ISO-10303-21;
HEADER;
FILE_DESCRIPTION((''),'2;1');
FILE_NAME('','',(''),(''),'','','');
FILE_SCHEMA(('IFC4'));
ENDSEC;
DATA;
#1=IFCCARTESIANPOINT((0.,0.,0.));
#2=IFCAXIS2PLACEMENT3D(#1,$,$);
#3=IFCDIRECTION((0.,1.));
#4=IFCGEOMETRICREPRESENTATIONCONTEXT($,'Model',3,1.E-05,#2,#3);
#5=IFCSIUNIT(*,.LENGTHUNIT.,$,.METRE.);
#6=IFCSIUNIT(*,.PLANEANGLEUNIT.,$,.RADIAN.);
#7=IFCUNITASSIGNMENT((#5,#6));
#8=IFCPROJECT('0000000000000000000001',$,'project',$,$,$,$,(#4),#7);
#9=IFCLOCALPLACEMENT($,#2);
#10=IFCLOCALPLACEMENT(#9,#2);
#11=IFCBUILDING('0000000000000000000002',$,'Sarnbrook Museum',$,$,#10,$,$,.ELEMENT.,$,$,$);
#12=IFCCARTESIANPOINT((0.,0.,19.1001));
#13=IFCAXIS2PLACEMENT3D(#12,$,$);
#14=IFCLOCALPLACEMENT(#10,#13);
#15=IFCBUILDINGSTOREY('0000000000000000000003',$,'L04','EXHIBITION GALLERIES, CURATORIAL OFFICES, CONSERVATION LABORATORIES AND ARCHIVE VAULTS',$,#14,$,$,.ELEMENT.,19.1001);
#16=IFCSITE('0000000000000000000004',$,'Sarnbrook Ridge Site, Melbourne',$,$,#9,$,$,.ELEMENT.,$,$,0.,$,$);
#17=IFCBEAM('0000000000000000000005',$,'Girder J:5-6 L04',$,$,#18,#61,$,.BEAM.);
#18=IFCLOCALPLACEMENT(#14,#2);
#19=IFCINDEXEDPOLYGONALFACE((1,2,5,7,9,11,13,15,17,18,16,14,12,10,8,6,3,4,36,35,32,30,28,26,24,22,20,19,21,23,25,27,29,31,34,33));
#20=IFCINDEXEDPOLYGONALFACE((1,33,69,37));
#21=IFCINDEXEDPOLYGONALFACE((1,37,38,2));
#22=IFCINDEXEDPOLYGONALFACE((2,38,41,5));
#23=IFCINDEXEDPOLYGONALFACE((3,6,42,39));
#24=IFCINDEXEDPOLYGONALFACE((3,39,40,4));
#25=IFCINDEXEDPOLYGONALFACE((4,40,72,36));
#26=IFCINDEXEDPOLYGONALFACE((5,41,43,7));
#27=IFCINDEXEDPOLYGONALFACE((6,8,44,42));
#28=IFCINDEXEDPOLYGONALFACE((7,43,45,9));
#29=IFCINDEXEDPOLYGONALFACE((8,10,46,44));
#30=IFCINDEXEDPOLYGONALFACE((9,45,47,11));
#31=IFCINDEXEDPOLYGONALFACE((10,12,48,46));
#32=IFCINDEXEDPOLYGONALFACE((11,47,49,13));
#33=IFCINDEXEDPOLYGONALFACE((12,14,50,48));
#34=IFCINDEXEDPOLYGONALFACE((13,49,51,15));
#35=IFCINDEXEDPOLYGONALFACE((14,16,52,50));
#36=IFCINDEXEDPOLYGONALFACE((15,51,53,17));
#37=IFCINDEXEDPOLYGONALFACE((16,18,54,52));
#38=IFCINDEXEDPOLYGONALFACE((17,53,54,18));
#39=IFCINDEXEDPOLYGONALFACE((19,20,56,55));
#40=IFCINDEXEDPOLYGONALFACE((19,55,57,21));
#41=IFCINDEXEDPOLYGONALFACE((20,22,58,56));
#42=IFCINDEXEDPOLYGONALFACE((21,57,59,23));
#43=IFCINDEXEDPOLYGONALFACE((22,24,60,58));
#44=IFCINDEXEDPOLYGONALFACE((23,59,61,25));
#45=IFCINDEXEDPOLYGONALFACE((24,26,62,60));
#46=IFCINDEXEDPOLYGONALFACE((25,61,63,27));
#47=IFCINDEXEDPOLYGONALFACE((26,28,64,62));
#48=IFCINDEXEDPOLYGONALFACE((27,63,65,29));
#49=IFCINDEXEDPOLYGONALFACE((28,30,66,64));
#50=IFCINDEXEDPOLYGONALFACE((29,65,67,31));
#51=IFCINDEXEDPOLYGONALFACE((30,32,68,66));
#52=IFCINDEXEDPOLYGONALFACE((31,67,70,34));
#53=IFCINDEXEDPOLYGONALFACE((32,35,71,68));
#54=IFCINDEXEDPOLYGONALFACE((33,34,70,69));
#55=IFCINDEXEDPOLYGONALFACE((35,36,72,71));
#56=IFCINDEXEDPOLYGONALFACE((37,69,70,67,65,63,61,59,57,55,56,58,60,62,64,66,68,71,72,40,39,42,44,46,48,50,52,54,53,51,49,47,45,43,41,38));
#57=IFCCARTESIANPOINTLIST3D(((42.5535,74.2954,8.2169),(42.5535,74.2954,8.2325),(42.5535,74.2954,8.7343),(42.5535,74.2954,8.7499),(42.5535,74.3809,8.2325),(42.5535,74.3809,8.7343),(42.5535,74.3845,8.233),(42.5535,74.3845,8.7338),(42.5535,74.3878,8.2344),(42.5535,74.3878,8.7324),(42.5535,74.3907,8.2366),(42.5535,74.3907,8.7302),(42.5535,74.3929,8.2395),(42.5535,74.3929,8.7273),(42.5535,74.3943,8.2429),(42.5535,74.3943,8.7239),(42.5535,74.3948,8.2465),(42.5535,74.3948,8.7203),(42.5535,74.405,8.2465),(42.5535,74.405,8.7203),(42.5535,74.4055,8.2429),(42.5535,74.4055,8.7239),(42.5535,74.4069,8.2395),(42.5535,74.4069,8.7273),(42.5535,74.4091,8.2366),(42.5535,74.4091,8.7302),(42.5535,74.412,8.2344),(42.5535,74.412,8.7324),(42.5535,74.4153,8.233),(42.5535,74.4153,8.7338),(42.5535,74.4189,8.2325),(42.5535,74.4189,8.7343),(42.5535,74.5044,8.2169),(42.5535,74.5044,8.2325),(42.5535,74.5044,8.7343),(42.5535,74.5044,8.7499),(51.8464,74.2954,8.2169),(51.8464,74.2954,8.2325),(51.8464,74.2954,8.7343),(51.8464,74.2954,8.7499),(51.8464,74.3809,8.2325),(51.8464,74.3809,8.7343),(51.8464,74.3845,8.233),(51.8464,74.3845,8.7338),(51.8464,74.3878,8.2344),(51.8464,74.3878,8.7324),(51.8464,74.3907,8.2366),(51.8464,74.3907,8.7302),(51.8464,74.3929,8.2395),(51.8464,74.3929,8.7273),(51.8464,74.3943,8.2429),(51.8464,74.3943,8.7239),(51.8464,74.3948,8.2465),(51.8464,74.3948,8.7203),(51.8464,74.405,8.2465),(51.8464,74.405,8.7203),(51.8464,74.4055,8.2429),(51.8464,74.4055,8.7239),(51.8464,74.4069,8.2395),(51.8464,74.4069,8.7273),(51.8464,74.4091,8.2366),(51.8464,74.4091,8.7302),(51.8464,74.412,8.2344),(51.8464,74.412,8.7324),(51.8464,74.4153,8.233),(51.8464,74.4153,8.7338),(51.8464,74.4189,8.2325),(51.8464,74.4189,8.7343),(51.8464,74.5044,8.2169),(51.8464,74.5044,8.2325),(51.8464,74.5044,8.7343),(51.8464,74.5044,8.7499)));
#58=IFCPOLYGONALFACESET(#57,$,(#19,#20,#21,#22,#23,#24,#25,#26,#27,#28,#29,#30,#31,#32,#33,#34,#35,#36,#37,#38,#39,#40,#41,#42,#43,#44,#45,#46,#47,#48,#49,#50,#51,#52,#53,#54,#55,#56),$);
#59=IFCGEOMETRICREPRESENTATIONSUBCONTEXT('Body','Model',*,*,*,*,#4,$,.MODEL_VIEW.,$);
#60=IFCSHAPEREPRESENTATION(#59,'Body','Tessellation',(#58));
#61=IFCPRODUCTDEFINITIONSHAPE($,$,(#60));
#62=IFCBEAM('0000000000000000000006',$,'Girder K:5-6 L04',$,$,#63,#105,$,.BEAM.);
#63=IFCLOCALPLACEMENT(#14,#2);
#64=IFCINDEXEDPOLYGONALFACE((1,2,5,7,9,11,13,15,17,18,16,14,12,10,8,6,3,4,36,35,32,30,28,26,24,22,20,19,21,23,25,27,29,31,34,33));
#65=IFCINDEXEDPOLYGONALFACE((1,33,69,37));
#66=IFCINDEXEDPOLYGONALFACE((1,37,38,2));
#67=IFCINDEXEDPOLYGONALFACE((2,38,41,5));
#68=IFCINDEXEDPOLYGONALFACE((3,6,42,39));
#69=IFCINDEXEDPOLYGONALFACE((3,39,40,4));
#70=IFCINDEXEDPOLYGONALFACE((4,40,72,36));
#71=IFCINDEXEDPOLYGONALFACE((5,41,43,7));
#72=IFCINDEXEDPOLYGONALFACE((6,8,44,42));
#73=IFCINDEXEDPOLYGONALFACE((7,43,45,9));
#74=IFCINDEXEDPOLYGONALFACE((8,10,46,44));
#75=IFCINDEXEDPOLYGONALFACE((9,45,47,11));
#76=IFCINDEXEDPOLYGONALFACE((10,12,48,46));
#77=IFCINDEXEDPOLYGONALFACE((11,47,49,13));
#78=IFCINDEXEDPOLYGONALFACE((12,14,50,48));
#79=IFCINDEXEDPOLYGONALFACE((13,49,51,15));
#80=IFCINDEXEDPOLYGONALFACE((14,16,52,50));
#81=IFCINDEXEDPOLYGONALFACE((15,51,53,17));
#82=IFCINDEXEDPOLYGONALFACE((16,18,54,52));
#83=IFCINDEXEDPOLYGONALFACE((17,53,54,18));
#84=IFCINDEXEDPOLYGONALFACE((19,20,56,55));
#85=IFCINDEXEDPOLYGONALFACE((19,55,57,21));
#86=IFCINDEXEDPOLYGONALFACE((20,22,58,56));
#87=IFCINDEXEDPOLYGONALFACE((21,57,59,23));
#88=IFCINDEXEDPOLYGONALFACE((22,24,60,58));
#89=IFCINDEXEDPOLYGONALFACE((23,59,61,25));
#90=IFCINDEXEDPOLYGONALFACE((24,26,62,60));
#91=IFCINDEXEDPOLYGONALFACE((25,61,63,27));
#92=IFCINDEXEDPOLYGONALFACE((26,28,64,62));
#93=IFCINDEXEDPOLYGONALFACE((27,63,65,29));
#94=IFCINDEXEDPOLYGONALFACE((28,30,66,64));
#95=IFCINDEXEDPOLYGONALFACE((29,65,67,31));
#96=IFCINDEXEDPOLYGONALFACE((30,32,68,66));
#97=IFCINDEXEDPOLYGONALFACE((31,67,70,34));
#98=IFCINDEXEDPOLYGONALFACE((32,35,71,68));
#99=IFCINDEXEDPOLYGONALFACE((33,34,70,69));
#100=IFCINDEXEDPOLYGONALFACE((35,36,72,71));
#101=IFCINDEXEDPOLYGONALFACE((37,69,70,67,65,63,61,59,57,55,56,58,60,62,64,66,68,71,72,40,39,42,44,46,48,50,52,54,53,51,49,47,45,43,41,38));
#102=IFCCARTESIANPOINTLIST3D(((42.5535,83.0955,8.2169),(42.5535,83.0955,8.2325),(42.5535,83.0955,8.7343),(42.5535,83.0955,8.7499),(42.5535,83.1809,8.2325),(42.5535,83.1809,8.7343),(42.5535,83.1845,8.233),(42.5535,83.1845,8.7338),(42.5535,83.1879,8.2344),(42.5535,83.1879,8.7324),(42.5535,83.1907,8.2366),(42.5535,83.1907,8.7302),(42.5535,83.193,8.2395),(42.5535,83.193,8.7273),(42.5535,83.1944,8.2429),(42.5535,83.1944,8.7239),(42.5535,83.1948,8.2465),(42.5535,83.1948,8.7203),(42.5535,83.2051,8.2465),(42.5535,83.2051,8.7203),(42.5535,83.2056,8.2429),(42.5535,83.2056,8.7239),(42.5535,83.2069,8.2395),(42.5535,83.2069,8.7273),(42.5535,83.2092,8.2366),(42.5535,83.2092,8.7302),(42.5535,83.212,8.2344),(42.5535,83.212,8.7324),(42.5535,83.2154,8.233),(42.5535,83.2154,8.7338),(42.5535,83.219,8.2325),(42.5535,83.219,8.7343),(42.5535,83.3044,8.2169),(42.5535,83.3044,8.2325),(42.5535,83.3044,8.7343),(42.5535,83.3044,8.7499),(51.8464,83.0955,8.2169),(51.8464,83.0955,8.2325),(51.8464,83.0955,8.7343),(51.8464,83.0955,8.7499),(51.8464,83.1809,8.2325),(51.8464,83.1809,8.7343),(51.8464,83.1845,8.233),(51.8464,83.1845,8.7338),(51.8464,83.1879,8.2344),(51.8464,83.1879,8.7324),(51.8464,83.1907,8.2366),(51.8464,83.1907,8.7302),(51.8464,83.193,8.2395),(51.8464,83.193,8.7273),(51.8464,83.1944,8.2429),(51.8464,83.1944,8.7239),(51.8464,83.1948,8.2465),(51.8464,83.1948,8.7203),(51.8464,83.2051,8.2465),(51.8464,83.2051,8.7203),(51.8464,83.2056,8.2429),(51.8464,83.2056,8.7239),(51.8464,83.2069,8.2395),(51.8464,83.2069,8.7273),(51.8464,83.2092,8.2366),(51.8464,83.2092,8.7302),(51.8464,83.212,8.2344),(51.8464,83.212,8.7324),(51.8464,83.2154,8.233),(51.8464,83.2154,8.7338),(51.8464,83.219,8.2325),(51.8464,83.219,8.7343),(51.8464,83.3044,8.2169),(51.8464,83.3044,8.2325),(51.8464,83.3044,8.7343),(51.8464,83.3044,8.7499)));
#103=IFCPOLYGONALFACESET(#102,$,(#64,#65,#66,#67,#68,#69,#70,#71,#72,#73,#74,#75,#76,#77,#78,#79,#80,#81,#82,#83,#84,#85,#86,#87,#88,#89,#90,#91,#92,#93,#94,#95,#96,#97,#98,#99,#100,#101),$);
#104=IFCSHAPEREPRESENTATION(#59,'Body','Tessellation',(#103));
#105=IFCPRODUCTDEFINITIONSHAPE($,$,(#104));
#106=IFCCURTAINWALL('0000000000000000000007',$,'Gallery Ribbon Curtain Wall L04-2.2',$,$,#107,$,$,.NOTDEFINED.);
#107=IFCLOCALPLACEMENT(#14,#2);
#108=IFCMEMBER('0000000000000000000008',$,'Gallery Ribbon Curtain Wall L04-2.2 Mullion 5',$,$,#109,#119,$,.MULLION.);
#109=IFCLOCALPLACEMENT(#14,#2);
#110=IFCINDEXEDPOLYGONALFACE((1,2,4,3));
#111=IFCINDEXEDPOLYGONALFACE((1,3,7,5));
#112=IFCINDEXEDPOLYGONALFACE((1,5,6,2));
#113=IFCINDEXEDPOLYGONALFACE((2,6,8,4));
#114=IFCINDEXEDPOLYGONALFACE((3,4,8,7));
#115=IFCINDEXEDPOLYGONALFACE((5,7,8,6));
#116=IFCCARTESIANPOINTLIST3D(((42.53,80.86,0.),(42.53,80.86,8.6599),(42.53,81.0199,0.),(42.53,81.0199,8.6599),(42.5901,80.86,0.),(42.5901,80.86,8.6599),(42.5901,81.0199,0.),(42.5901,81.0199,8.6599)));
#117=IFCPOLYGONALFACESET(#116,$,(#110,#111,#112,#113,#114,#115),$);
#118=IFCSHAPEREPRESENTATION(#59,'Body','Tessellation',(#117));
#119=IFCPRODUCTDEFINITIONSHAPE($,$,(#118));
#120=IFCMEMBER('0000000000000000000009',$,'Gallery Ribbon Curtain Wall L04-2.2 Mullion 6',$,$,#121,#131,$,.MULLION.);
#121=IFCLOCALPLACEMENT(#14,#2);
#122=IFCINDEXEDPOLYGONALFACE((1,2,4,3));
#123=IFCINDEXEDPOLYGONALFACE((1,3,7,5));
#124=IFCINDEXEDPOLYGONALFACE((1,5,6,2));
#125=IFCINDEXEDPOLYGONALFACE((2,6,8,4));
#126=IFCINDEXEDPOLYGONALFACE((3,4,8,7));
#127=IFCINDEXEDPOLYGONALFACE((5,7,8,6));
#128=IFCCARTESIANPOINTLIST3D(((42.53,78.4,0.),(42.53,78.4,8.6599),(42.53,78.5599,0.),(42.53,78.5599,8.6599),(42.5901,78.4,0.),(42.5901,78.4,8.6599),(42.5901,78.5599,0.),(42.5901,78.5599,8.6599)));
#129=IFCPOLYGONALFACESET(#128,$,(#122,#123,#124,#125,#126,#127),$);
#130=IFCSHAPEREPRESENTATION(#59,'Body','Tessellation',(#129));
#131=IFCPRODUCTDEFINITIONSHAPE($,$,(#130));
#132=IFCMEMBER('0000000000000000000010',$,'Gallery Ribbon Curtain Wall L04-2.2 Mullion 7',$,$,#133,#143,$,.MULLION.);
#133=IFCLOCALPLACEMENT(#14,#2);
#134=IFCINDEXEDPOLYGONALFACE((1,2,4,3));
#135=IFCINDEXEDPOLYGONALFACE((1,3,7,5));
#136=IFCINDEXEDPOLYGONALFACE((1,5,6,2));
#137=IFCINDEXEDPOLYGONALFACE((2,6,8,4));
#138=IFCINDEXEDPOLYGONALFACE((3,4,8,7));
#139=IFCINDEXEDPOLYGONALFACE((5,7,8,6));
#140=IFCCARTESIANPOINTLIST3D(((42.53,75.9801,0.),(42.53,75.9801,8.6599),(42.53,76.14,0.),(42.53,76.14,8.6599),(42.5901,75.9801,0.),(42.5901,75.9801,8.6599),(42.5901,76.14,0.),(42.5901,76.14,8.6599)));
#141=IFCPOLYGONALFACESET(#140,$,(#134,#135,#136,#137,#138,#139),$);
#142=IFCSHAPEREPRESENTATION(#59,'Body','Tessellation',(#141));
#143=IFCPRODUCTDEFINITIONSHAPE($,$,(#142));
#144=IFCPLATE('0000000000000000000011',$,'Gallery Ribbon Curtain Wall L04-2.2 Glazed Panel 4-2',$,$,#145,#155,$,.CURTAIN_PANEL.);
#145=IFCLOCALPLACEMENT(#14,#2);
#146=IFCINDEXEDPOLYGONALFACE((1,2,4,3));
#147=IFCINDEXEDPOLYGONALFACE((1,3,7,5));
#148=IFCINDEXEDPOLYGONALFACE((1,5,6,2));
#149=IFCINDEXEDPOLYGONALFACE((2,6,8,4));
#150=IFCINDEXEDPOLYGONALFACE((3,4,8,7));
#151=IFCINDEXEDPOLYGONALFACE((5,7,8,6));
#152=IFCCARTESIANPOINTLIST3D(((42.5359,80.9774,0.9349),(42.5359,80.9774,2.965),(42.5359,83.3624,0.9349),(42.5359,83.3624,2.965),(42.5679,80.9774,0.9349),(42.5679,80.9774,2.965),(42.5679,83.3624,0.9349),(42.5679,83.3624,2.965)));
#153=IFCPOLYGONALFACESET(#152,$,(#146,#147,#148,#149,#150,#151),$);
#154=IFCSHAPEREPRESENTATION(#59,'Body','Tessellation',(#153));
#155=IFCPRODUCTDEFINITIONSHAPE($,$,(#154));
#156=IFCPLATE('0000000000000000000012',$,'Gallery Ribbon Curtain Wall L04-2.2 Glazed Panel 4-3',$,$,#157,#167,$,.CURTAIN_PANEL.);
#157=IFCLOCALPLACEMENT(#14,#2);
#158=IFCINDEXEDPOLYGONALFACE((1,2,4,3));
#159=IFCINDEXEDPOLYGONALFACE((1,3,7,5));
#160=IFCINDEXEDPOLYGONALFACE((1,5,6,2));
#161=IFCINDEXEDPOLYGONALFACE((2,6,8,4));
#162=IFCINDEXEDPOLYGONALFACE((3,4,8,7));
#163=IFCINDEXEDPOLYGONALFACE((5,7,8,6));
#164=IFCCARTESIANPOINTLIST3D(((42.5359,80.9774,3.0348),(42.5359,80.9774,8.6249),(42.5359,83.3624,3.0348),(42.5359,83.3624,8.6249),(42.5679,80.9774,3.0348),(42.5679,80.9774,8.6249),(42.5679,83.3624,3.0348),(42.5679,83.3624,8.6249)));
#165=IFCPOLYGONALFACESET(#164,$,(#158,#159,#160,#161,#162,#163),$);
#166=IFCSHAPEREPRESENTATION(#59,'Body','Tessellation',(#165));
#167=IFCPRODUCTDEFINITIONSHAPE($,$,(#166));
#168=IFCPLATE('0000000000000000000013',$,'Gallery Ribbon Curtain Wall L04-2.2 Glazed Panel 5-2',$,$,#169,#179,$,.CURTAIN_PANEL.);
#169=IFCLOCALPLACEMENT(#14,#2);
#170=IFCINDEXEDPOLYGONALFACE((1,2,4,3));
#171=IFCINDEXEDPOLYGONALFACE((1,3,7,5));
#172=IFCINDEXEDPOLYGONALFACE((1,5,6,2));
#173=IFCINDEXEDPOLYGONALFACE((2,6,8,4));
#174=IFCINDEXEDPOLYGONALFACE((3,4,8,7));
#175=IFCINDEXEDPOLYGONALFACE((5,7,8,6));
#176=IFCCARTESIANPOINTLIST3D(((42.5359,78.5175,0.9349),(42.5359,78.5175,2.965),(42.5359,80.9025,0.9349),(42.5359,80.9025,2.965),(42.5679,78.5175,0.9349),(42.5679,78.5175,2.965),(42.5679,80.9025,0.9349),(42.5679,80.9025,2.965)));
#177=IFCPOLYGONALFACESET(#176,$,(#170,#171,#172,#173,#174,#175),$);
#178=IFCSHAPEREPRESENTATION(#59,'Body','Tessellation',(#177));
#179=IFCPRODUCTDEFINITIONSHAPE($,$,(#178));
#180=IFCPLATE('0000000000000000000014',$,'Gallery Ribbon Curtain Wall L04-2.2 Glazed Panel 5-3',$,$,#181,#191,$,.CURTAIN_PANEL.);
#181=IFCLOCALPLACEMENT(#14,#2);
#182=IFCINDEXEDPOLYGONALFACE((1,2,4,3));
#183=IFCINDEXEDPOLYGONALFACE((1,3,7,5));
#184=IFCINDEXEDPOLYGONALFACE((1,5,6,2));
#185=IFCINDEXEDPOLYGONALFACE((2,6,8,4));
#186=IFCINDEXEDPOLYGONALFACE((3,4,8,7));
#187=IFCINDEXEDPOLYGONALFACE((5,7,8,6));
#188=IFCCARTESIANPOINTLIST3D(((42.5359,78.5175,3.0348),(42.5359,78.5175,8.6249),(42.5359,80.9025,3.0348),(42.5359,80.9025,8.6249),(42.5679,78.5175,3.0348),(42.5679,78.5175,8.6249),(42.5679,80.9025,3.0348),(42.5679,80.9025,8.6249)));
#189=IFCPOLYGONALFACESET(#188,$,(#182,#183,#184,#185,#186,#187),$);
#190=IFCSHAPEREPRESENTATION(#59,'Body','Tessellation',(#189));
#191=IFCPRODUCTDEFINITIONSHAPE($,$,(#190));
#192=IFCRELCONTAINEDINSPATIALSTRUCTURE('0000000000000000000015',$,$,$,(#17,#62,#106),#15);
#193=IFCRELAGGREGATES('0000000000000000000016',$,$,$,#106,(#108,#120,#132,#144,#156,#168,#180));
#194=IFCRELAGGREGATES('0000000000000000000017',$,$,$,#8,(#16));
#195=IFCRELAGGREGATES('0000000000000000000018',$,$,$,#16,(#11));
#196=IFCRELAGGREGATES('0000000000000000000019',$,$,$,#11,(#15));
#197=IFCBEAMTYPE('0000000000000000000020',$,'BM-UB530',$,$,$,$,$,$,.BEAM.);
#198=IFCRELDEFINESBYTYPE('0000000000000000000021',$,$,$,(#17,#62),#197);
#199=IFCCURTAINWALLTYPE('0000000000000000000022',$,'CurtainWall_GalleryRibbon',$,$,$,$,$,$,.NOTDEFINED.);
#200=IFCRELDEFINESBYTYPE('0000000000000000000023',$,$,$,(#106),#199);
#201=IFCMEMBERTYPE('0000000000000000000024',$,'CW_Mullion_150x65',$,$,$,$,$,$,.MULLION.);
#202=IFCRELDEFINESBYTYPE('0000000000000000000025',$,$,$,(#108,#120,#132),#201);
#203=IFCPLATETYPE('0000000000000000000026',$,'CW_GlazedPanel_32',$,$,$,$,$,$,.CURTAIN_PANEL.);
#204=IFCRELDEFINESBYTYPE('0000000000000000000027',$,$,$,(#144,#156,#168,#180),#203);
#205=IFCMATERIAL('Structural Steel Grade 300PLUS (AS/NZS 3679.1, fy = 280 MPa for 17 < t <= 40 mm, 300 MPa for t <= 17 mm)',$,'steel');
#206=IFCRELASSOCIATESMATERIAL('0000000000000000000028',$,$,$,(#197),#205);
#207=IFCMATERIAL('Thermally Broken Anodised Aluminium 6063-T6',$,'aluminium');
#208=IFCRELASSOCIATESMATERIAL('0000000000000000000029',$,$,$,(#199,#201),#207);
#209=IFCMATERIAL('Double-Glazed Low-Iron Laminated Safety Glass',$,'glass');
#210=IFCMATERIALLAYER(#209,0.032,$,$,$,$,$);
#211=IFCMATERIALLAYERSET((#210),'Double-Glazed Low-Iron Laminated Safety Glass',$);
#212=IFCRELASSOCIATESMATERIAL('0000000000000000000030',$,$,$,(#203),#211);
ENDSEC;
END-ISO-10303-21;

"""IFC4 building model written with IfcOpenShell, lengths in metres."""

from ifc_helpers import new_model, si_unit, direction, frame, origin, origin_2d, place, context, subcontext, project, spatial, rectangle, i_section, extrude, material, layer, layer_set, material_profile, profile_set, type_object, element, aggregate, save


model = new_model("IFC4")

# Units and contexts
model_context = context("Model", 3, precision=1e-05, world=origin(), true_north=direction((0.0, 1.0)))
body_context = subcontext(model_context, "Body", "Model", "MODEL_VIEW")
ifc_project = project(units=[si_unit("LENGTHUNIT", "METRE"), si_unit("PLANEANGLEUNIT", "RADIAN")], contexts=[model_context])

# Site, building, storey
site_placement = place(None, origin())
site = spatial("IfcSite", under=ifc_project, at=site_placement, Name="Sarnbrook Ridge Site, Melbourne", CompositionType="ELEMENT", RefElevation=0.0)
building_placement = place(site_placement, origin())
building = spatial("IfcBuilding", under=site, at=building_placement, Name="Sarnbrook Museum", CompositionType="ELEMENT")
storey_placement = place(building_placement, frame((0.0, 0.0, 19.1001)))
storey = spatial("IfcBuildingStorey", under=building, at=storey_placement, Name="L04", Description="EXHIBITION GALLERIES, CURATORIAL OFFICES, CONSERVATION LABORATORIES AND ARCHIVE VAULTS", CompositionType="ELEMENT", Elevation=19.1001)

# Shared definitions
ifc_material_1 = material(Name="Structural Steel Grade 300PLUS (AS/NZS 3679.1, fy = 280 MPa for 17 < t <= 40 mm, 300 MPa for t <= 17 mm)", Category="steel")

# Beams
ifc_material_profile_1 = material_profile(ifc_material_1, i_section(OverallWidth=0.209, OverallDepth=0.533, WebThickness=0.0103, FlangeThickness=0.0156, FilletRadius=0.0139, at=origin_2d()), Name="530UB92.4")
ifc_profile_set_1 = profile_set([ifc_material_profile_1], Name="Structural Steel Grade 300PLUS (AS/NZS 3679.1, fy = 280 MPa for 17 < t <= 40 mm, 300 MPa for t <= 17 mm)")
beam_type_1 = type_object("IfcBeamType", Name="BM-UB530", PredefinedType="BEAM", material=ifc_profile_set_1)
for number, where, z_axis, x_axis, name in (
    (1, (42.5535, 74.3999, 8.4834), (1.0, 0.0, 0.0), (0.0, 1.0, 0.0), "Girder J:5-6 L04"),
    (2, (42.5535, 83.2, 8.4834), (1.0, 0.0, 0.0), (0.0, 1.0, 0.0), "Girder K:5-6 L04"),
):
    element("IfcBeam", number, at=place(storey_placement, frame(where, z_axis=z_axis, x_axis=x_axis)), inside=storey, type_object=beam_type_1, Name=name, PredefinedType="BEAM", context=body_context, shape_type="SweptSolid", body=[
        extrude(i_section(OverallWidth=0.209, OverallDepth=0.533, WebThickness=0.0103, FlangeThickness=0.0156, FilletRadius=0.0139, at=origin_2d()), origin(), (0.0, 0.0, 1.0), 9.293),
    ])

# Curtain wall, members, plates
ifc_material_2 = material(Name="Thermally Broken Anodised Aluminium 6063-T6", Category="aluminium")
curtain_wall_type = type_object("IfcCurtainWallType", Name="CurtainWall_GalleryRibbon", PredefinedType="NOTDEFINED", material=ifc_material_2)
curtain_wall_placement = place(storey_placement, origin())
curtain_wall = element("IfcCurtainWall", 3, at=curtain_wall_placement, inside=storey, type_object=curtain_wall_type, Name="Gallery Ribbon Curtain Wall L04-2.2", PredefinedType="NOTDEFINED")
ifc_material_profile_2 = material_profile(ifc_material_2, rectangle(XDim=0.0601, YDim=0.1599, at=origin_2d()), Name="ALU MULLION 60x160")
ifc_profile_set_2 = profile_set([ifc_material_profile_2], Name="Thermally Broken Anodised Aluminium 6063-T6")
member_type = type_object("IfcMemberType", Name="CW_Mullion_150x65", PredefinedType="MULLION", material=ifc_profile_set_2)
member_1_placement = place(storey_placement, frame((42.5601, 80.9399, 0.0), z_axis=(0.0, 0.0, 1.0), x_axis=(1.0, 0.0, 0.0)))
member_1 = element("IfcMember", 4, at=member_1_placement, type_object=member_type, Name="Gallery Ribbon Curtain Wall L04-2.2 Mullion 5", PredefinedType="MULLION", context=body_context, shape_type="SweptSolid", body=[
    extrude(rectangle(XDim=0.0601, YDim=0.1599, at=origin_2d()), origin(), (0.0, 0.0, 1.0), 8.6599),
])
member_2_placement = place(storey_placement, frame((42.5601, 78.48, 0.0), z_axis=(0.0, 0.0, 1.0), x_axis=(1.0, 0.0, 0.0)))
member_2 = element("IfcMember", 5, at=member_2_placement, type_object=member_type, Name="Gallery Ribbon Curtain Wall L04-2.2 Mullion 6", PredefinedType="MULLION", context=body_context, shape_type="SweptSolid", body=[
    extrude(rectangle(XDim=0.0601, YDim=0.1599, at=origin_2d()), origin(), (0.0, 0.0, 1.0), 8.6599),
])
member_3_placement = place(storey_placement, frame((42.5601, 76.0601, 0.0), z_axis=(0.0, 0.0, 1.0), x_axis=(1.0, 0.0, 0.0)))
member_3 = element("IfcMember", 6, at=member_3_placement, type_object=member_type, Name="Gallery Ribbon Curtain Wall L04-2.2 Mullion 7", PredefinedType="MULLION", context=body_context, shape_type="SweptSolid", body=[
    extrude(rectangle(XDim=0.0601, YDim=0.1599, at=origin_2d()), origin(), (0.0, 0.0, 1.0), 8.6599),
])
ifc_material_3 = material(Name="Double-Glazed Low-Iron Laminated Safety Glass", Category="glass")
ifc_layer_1 = layer(ifc_material_3, 0.032)
ifc_layer_set_1 = layer_set([ifc_layer_1], Name="Double-Glazed Low-Iron Laminated Safety Glass")
plate_type = type_object("IfcPlateType", Name="CW_GlazedPanel_32", PredefinedType="CURTAIN_PANEL", material=ifc_layer_set_1)
plate_1_placement = place(storey_placement, frame((42.5679, 82.1699, 1.95), z_axis=(-1.0, 0.0, 0.0), x_axis=(0.0, -1.0, 0.0)))
plate_1 = element("IfcPlate", 7, at=plate_1_placement, type_object=plate_type, Name="Gallery Ribbon Curtain Wall L04-2.2 Glazed Panel 4-2", PredefinedType="CURTAIN_PANEL", context=body_context, shape_type="SweptSolid", body=[
    extrude(rectangle(XDim=2.385, YDim=2.03, at=origin_2d()), origin(), (0.0, 0.0, 1.0), 0.032),
])
plate_2_placement = place(storey_placement, frame((42.5679, 82.1699, 5.8298), z_axis=(-1.0, 0.0, 0.0), x_axis=(0.0, -1.0, 0.0)))
plate_2 = element("IfcPlate", 8, at=plate_2_placement, type_object=plate_type, Name="Gallery Ribbon Curtain Wall L04-2.2 Glazed Panel 4-3", PredefinedType="CURTAIN_PANEL", context=body_context, shape_type="SweptSolid", body=[
    extrude(rectangle(XDim=2.385, YDim=5.5901, at=origin_2d()), origin(), (0.0, 0.0, 1.0), 0.032),
])
plate_3_placement = place(storey_placement, frame((42.5679, 79.71, 1.95), z_axis=(-1.0, 0.0, 0.0), x_axis=(0.0, -1.0, 0.0)))
plate_3 = element("IfcPlate", 9, at=plate_3_placement, type_object=plate_type, Name="Gallery Ribbon Curtain Wall L04-2.2 Glazed Panel 5-2", PredefinedType="CURTAIN_PANEL", context=body_context, shape_type="SweptSolid", body=[
    extrude(rectangle(XDim=2.385, YDim=2.03, at=origin_2d()), origin(), (0.0, 0.0, 1.0), 0.032),
])
plate_4_placement = place(storey_placement, frame((42.5679, 79.71, 5.8298), z_axis=(-1.0, 0.0, 0.0), x_axis=(0.0, -1.0, 0.0)))
plate_4 = element("IfcPlate", 10, at=plate_4_placement, type_object=plate_type, Name="Gallery Ribbon Curtain Wall L04-2.2 Glazed Panel 5-3", PredefinedType="CURTAIN_PANEL", context=body_context, shape_type="SweptSolid", body=[
    extrude(rectangle(XDim=2.385, YDim=5.5901, at=origin_2d()), origin(), (0.0, 0.0, 1.0), 0.032),
])
aggregate(curtain_wall, [member_1, member_2, member_3, plate_1, plate_2, plate_3, plate_4])

save(model, "model.ifc")
